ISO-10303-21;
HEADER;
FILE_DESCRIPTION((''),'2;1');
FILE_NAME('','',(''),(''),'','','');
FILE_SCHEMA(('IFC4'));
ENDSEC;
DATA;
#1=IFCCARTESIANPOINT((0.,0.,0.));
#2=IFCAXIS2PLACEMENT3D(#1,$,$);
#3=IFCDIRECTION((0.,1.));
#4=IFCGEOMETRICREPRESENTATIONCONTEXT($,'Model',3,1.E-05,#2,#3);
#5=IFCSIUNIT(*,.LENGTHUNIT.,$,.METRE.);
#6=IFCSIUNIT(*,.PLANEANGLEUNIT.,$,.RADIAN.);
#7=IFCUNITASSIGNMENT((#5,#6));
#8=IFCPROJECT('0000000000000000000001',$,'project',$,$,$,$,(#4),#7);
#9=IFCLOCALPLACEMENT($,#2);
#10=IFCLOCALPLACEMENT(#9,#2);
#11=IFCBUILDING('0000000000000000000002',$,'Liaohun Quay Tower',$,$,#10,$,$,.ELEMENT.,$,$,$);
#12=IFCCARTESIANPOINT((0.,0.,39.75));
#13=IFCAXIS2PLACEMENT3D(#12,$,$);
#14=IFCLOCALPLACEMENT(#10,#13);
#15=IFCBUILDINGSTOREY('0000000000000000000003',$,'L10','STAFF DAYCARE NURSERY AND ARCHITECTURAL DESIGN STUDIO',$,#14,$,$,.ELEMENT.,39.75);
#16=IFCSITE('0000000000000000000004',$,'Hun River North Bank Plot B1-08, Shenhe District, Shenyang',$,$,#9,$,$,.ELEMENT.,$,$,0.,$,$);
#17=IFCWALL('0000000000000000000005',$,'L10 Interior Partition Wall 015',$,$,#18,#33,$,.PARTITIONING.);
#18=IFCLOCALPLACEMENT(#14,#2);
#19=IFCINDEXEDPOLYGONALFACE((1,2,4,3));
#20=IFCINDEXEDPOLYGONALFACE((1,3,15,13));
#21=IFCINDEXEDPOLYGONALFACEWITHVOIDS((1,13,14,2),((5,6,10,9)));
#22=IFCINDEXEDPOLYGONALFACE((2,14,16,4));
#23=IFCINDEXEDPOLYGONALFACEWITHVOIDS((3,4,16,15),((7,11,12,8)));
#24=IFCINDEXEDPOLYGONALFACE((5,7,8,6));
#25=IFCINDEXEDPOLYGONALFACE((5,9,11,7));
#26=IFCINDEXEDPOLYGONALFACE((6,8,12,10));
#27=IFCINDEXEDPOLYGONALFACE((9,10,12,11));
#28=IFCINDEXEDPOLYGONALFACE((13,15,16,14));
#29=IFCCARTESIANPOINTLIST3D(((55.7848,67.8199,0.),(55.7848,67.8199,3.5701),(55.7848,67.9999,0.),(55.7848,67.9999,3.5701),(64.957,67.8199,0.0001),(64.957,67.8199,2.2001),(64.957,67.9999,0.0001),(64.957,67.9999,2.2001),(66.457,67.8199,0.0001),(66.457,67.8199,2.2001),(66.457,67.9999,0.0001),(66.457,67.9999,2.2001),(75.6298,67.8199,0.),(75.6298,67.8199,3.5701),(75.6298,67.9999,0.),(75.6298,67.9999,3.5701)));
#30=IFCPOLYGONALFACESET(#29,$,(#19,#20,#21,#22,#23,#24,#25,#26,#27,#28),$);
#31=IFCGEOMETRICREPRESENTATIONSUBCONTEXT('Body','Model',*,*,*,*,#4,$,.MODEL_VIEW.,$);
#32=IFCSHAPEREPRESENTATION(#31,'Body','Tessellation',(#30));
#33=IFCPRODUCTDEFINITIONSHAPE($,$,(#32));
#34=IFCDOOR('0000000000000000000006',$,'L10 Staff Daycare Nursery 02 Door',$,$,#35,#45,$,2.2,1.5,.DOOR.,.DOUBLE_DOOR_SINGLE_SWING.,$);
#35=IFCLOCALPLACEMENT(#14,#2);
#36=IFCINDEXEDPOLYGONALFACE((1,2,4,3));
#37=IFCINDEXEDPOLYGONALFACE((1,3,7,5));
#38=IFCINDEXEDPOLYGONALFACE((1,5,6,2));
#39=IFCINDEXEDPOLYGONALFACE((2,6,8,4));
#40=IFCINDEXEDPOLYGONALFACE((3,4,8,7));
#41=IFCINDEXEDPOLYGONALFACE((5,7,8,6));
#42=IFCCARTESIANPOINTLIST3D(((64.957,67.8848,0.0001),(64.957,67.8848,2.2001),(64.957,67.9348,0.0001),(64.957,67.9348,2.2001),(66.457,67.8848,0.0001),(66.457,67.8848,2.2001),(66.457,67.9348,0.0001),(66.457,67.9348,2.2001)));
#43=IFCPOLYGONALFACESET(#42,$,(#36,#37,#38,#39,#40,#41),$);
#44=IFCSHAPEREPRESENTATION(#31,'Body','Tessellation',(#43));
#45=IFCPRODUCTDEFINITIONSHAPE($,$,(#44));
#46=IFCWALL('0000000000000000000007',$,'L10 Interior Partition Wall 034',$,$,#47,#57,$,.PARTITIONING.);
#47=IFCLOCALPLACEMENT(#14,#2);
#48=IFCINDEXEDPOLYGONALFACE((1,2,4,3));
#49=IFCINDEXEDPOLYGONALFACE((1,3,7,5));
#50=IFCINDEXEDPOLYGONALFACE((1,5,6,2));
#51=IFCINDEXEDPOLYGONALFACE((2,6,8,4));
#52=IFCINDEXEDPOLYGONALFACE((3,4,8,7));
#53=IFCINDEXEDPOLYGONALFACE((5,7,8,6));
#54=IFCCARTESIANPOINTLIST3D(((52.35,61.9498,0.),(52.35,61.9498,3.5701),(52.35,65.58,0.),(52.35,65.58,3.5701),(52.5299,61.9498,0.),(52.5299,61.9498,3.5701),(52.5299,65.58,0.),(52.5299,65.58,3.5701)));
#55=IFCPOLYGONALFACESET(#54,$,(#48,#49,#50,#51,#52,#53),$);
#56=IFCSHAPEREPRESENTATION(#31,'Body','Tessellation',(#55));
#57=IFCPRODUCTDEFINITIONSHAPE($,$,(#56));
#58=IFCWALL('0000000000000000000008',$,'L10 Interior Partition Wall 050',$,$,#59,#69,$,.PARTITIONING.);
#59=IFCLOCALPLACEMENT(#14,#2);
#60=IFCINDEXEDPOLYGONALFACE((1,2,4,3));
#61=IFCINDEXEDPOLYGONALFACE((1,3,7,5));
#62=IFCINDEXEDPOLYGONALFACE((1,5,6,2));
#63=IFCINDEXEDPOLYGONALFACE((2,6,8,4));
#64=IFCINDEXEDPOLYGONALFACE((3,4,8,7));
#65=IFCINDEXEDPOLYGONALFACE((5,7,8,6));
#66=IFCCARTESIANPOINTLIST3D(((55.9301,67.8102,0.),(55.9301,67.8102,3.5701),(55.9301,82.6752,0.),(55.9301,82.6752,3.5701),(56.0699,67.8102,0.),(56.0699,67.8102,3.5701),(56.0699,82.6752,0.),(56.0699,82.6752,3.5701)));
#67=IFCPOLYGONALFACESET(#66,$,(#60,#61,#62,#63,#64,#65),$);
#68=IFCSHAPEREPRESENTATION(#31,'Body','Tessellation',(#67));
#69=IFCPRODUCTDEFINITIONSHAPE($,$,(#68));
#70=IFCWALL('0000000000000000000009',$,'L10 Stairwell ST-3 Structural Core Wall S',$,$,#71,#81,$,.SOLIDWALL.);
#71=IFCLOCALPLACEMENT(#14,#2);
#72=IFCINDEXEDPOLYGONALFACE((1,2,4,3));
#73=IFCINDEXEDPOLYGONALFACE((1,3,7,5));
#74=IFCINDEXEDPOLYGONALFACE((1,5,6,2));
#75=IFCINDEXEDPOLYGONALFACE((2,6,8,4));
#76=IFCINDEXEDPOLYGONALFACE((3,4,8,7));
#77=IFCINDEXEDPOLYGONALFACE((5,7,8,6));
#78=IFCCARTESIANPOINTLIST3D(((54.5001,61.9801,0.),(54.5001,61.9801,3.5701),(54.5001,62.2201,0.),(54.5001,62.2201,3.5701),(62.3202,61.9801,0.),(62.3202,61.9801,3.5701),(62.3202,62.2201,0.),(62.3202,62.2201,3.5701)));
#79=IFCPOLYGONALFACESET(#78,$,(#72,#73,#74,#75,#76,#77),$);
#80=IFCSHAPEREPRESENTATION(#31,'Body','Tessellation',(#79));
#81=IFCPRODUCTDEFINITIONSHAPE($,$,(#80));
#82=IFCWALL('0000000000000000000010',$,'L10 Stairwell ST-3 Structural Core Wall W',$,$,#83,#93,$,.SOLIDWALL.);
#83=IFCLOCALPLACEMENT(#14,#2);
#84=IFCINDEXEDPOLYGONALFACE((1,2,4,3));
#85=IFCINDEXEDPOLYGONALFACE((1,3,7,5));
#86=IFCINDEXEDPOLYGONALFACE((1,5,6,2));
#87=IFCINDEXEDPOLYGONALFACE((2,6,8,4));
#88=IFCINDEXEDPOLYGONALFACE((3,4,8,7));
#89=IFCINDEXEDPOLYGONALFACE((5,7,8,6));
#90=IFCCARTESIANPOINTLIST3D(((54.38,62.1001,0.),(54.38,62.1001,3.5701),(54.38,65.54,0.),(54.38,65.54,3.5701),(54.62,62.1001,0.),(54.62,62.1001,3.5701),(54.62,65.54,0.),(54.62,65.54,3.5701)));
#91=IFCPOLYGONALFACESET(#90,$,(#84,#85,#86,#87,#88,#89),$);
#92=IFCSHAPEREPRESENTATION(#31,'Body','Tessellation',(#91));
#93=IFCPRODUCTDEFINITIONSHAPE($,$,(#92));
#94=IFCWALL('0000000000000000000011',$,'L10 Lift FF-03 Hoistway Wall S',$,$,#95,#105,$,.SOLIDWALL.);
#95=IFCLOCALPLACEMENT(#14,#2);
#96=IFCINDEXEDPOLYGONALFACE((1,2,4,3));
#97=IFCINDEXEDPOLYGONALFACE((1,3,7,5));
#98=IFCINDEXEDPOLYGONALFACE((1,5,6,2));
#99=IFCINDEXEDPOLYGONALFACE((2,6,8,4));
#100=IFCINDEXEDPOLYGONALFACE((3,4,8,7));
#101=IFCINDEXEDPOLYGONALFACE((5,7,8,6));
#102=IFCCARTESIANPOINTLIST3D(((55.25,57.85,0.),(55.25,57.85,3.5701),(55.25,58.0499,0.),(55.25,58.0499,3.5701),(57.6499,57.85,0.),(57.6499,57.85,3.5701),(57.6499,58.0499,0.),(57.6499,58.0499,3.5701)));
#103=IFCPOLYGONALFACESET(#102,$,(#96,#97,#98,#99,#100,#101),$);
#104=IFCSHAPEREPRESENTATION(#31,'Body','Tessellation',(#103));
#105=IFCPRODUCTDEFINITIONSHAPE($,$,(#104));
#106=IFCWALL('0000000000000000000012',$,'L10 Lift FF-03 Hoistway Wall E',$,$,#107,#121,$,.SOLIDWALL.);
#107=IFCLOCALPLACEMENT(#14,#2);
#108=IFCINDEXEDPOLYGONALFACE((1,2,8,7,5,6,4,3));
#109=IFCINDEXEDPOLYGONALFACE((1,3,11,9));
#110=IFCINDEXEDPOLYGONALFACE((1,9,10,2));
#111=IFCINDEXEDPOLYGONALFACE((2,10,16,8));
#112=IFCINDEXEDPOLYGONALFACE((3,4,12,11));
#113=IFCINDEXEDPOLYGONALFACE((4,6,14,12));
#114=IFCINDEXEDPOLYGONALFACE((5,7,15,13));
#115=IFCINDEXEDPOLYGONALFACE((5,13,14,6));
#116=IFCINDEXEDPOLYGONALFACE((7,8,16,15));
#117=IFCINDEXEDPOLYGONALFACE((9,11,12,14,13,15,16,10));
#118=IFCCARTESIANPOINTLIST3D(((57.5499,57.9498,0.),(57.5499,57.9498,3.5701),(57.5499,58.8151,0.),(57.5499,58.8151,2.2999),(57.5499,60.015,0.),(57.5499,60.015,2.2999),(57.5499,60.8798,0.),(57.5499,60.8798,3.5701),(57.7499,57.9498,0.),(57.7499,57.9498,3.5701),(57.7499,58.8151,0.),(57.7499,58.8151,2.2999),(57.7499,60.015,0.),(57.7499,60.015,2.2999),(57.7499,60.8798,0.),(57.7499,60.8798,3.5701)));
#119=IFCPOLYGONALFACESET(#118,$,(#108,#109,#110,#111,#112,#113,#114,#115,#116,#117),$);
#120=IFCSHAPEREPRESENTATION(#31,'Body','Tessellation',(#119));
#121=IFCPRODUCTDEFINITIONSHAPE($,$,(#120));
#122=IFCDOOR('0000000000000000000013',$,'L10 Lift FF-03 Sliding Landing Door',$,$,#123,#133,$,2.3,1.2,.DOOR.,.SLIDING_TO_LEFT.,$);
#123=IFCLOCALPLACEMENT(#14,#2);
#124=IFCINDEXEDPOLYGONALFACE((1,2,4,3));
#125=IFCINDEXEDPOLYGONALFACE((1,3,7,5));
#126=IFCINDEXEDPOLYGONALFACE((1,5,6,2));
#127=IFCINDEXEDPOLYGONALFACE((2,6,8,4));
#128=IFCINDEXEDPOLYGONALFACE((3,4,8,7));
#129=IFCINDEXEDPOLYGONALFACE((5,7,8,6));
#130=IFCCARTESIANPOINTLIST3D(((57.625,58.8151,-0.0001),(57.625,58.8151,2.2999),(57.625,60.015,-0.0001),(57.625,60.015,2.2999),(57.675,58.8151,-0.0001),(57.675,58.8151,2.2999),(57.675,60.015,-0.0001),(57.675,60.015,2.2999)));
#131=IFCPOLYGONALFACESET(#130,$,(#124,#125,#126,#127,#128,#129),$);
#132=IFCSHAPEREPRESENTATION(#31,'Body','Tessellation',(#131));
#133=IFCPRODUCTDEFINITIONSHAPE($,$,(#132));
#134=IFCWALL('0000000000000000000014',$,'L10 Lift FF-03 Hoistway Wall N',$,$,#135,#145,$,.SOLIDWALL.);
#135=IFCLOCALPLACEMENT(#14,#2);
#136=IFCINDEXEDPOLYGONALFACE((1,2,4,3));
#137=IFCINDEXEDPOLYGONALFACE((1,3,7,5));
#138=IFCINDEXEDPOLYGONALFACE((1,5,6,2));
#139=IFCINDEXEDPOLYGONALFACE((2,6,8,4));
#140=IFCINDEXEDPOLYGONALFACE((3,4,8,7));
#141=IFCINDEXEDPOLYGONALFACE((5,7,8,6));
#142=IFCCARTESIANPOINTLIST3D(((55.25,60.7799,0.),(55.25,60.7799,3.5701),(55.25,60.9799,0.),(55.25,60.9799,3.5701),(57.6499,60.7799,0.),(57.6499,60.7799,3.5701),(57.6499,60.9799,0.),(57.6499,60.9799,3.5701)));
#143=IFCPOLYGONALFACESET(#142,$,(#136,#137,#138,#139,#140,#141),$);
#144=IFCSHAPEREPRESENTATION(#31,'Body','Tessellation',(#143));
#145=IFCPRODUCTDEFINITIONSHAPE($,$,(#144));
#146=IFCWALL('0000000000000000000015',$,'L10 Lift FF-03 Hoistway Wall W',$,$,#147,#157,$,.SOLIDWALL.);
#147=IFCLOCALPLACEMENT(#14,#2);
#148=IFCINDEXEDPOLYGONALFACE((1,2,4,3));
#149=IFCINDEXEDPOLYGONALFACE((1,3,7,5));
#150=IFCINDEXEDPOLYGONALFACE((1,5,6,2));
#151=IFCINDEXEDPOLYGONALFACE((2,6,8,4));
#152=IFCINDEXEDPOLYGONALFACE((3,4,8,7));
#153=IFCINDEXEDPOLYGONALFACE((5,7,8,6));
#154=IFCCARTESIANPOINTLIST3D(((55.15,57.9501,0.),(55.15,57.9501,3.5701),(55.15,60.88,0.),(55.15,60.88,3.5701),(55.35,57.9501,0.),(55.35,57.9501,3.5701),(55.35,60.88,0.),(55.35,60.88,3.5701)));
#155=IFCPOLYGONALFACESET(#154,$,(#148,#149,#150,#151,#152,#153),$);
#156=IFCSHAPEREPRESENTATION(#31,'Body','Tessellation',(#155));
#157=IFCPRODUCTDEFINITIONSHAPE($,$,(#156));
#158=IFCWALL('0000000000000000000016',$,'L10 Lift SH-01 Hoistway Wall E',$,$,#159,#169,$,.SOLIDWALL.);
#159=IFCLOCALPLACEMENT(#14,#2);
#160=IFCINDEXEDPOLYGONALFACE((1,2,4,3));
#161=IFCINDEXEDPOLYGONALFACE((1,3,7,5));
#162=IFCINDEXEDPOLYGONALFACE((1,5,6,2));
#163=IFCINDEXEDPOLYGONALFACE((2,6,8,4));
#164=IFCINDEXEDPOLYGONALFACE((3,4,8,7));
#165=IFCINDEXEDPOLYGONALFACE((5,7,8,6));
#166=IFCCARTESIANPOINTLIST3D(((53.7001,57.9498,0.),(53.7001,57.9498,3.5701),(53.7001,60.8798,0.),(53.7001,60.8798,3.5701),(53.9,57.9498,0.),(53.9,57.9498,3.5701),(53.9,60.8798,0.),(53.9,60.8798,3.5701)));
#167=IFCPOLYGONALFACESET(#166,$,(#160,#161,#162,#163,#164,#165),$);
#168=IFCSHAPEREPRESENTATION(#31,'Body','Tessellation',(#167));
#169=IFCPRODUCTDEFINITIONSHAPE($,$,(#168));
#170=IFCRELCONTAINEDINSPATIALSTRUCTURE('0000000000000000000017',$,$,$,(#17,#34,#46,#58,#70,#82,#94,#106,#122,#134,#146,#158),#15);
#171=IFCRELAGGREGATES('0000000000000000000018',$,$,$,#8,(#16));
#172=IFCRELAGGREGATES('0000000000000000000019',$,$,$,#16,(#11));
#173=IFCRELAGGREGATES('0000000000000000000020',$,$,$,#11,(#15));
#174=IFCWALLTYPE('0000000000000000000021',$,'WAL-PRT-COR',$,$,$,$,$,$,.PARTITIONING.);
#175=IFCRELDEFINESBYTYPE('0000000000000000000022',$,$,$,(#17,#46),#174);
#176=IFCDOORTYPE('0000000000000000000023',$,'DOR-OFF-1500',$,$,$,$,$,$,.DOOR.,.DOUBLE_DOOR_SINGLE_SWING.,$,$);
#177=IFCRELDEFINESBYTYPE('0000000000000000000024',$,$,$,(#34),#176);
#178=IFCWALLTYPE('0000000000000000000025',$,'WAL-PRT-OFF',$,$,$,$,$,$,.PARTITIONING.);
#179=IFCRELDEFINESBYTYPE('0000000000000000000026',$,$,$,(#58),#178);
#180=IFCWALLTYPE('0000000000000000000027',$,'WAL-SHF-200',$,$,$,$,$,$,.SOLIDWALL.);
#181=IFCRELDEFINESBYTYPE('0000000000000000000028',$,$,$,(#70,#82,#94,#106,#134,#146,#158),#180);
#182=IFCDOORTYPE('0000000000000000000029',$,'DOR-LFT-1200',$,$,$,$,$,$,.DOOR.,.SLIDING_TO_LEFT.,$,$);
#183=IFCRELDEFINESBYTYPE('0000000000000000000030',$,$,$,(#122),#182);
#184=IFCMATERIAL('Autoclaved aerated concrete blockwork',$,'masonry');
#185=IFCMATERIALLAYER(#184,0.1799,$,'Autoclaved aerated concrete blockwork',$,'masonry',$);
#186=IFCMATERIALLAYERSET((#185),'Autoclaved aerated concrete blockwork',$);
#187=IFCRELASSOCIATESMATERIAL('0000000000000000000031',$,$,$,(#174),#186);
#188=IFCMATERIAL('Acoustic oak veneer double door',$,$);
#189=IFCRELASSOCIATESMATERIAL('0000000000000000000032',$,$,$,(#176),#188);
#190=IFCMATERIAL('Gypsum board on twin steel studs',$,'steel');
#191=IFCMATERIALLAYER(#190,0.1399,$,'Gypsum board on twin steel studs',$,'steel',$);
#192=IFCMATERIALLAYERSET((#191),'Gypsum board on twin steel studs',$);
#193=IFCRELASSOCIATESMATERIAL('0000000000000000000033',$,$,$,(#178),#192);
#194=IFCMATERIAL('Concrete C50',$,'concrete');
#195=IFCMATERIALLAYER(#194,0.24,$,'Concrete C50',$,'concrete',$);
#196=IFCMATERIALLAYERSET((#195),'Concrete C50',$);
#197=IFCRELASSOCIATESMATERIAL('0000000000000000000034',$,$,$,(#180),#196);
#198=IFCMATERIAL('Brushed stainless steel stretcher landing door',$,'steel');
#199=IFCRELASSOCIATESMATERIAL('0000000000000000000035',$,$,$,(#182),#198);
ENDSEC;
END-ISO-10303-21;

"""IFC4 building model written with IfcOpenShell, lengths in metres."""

from ifc_helpers import new_model, si_unit, direction, frame, frame_2d, origin, place, context, subcontext, project, spatial, rectangle, extrude, source, transform, mapped, material, layer, layer_set, type_object, element, fill, save


model = new_model("IFC4")

# Units and contexts
model_context = context("Model", 3, precision=1e-05, world=origin(), true_north=direction((0.0, 1.0)))
body_context = subcontext(model_context, "Body", "Model", "MODEL_VIEW")
ifc_project = project(units=[si_unit("LENGTHUNIT", "METRE"), si_unit("PLANEANGLEUNIT", "RADIAN")], contexts=[model_context])

# Site, building, storey
site_placement = place(None, origin())
site = spatial("IfcSite", under=ifc_project, at=site_placement, Name="Hun River North Bank Plot B1-08, Shenhe District, Shenyang", CompositionType="ELEMENT", RefElevation=0.0)
building_placement = place(site_placement, origin())
building = spatial("IfcBuilding", under=site, at=building_placement, Name="Liaohun Quay Tower", CompositionType="ELEMENT")
storey_placement = place(building_placement, frame((0.0, 0.0, 39.75)))
storey = spatial("IfcBuildingStorey", under=building, at=storey_placement, Name="L10", Description="STAFF DAYCARE NURSERY AND ARCHITECTURAL DESIGN STUDIO", CompositionType="ELEMENT", Elevation=39.75)

# Wall, opening, door
ifc_material_1 = material(Name="Autoclaved aerated concrete blockwork", Category="masonry")
ifc_layer_1 = layer(ifc_material_1, 0.1799, Name="Autoclaved aerated concrete blockwork", Category="masonry")
ifc_layer_set_1 = layer_set([ifc_layer_1], Name="Autoclaved aerated concrete blockwork")
wall_type_1 = type_object("IfcWallType", Name="WAL-PRT-COR", PredefinedType="PARTITIONING", material=ifc_layer_set_1)
wall_1_placement = place(storey_placement, frame((55.7849, 67.9099, 0.0), z_axis=(0.0, 0.0, 1.0), x_axis=(1.0, 0.0, 0.0)))
wall_1 = element("IfcWall", 1, at=wall_1_placement, inside=storey, type_object=wall_type_1, Name="L10 Interior Partition Wall 015", PredefinedType="PARTITIONING", context=body_context, shape_type="SweptSolid", body=[
    extrude(rectangle(XDim=19.845, YDim=0.1799, at=frame_2d((9.9224, 0.0))), origin(), (0.0, 0.0, 1.0), 3.5701),
])
shared_shape_1 = source(origin(), body_context, "Body", "SweptSolid", [
    extrude(rectangle(XDim=1.5, YDim=2.2, at=frame_2d((0.75, 1.1001))), frame((0.0, 0.0999, 0.0), z_axis=(0.0, -1.0, 0.0), x_axis=(1.0, 0.0, 0.0)), (0.0, 0.0, 1.0), 0.2),
])
opening_1_placement = place(wall_1_placement, frame((9.1721, 0.0, 0.0)))
opening_1 = element("IfcOpeningElement", 2, at=opening_1_placement, cuts=wall_1, PredefinedType="OPENING", context=body_context, shape_type="MappedRepresentation", body=[
    mapped(shared_shape_1, transform((0.0, 0.0, 0.0), x_axis=(1.0, 0.0, 0.0), y_axis=(0.0, 1.0, 0.0), z_axis=(0.0, 0.0, 1.0), scale=1.0)),
])
ifc_material_2 = material(Name="Acoustic oak veneer double door")
door_type_1 = type_object("IfcDoorType", Name="DOR-OFF-1500", OperationType="DOUBLE_DOOR_SINGLE_SWING", PredefinedType="DOOR", material=ifc_material_2)
shared_shape_2 = source(origin(), body_context, "Body", "SweptSolid", [
    extrude(rectangle(XDim=1.5, YDim=2.2, at=frame_2d((0.75, 1.1001))), frame((0.0, 0.0249, 0.0), z_axis=(0.0, -1.0, 0.0), x_axis=(1.0, 0.0, 0.0)), (0.0, 0.0, 1.0), 0.05),
])
door_1_placement = place(opening_1_placement, origin())
door_1 = element("IfcDoor", 3, at=door_1_placement, inside=storey, type_object=door_type_1, Name="L10 Staff Daycare Nursery 02 Door", OperationType="DOUBLE_DOOR_SINGLE_SWING", OverallHeight=2.2, OverallWidth=1.5, PredefinedType="DOOR", context=body_context, shape_type="MappedRepresentation", body=[
    mapped(shared_shape_2, transform((0.0, 0.0, 0.0), x_axis=(1.0, 0.0, 0.0), y_axis=(0.0, 1.0, 0.0), z_axis=(0.0, 0.0, 1.0), scale=1.0)),
])
fill(opening_1, door_1)

# Walls
wall_2_placement = place(storey_placement, frame((52.4399, 61.95, 0.0), z_axis=(0.0, 0.0, 1.0), x_axis=(0.0, 1.0, 0.0)))
element("IfcWall", 4, at=wall_2_placement, inside=storey, type_object=wall_type_1, Name="L10 Interior Partition Wall 034", PredefinedType="PARTITIONING", context=body_context, shape_type="SweptSolid", body=[
    extrude(rectangle(XDim=3.6301, YDim=0.1799, at=frame_2d((1.8149, 0.0))), origin(), (0.0, 0.0, 1.0), 3.5701),
])
ifc_material_3 = material(Name="Gypsum board on twin steel studs", Category="steel")
ifc_layer_2 = layer(ifc_material_3, 0.1399, Name="Gypsum board on twin steel studs", Category="steel")
ifc_layer_set_2 = layer_set([ifc_layer_2], Name="Gypsum board on twin steel studs")
wall_type_2 = type_object("IfcWallType", Name="WAL-PRT-OFF", PredefinedType="PARTITIONING", material=ifc_layer_set_2)
wall_3_placement = place(storey_placement, frame((56.0, 67.8101, 0.0), z_axis=(0.0, 0.0, 1.0), x_axis=(0.0, 1.0, 0.0)))
element("IfcWall", 5, at=wall_3_placement, inside=storey, type_object=wall_type_2, Name="L10 Interior Partition Wall 050", PredefinedType="PARTITIONING", context=body_context, shape_type="SweptSolid", body=[
    extrude(rectangle(XDim=14.865, YDim=0.1399, at=frame_2d((7.4326, 0.0))), origin(), (0.0, 0.0, 1.0), 3.5701),
])
ifc_material_4 = material(Name="Concrete C50", Category="concrete")
ifc_layer_3 = layer(ifc_material_4, 0.24, Name="Concrete C50", Category="concrete")
ifc_layer_set_3 = layer_set([ifc_layer_3], Name="Concrete C50")
wall_type_3 = type_object("IfcWallType", Name="WAL-SHF-200", PredefinedType="SOLIDWALL", material=ifc_layer_set_3)
wall_4_placement = place(storey_placement, frame((54.5, 62.1001, 0.0), z_axis=(0.0, 0.0, 1.0), x_axis=(1.0, 0.0, 0.0)))
element("IfcWall", 6, at=wall_4_placement, inside=storey, type_object=wall_type_3, Name="L10 Stairwell ST-3 Structural Core Wall S", PredefinedType="SOLIDWALL", context=body_context, shape_type="SweptSolid", body=[
    extrude(rectangle(XDim=7.8201, YDim=0.24, at=frame_2d((3.9102, 0.0))), origin(), (0.0, 0.0, 1.0), 3.5701),
])
wall_5_placement = place(storey_placement, frame((54.5, 65.54, 0.0), z_axis=(0.0, 0.0, 1.0), x_axis=(0.0, -1.0, 0.0)))
element("IfcWall", 7, at=wall_5_placement, inside=storey, type_object=wall_type_3, Name="L10 Stairwell ST-3 Structural Core Wall W", PredefinedType="SOLIDWALL", context=body_context, shape_type="SweptSolid", body=[
    extrude(rectangle(XDim=3.4399, YDim=0.24, at=frame_2d((1.72, 0.0))), origin(), (0.0, 0.0, 1.0), 3.5701),
])
wall_6_placement = place(storey_placement, frame((55.25, 57.95, 0.0), z_axis=(0.0, 0.0, 1.0), x_axis=(1.0, 0.0, 0.0)))
element("IfcWall", 8, at=wall_6_placement, inside=storey, type_object=wall_type_3, Name="L10 Lift FF-03 Hoistway Wall S", PredefinedType="SOLIDWALL", context=body_context, shape_type="SweptSolid", body=[
    extrude(rectangle(XDim=2.3999, YDim=0.2, at=frame_2d((1.2, 0.0))), origin(), (0.0, 0.0, 1.0), 3.5701),
])

# Wall, opening, door
wall_7_placement = place(storey_placement, frame((57.6499, 57.95, 0.0), z_axis=(0.0, 0.0, 1.0), x_axis=(0.0, 1.0, 0.0)))
wall_7 = element("IfcWall", 9, at=wall_7_placement, inside=storey, type_object=wall_type_3, Name="L10 Lift FF-03 Hoistway Wall E", PredefinedType="SOLIDWALL", context=body_context, shape_type="SweptSolid", body=[
    extrude(rectangle(XDim=2.9299, YDim=0.2, at=frame_2d((1.4648, 0.0))), origin(), (0.0, 0.0, 1.0), 3.5701),
])
shared_shape_3 = source(origin(), body_context, "Body", "SweptSolid", [
    extrude(rectangle(XDim=1.2, YDim=2.3, at=frame_2d((0.6001, 1.1499))), frame((0.0, 0.1099, 0.0), z_axis=(0.0, -1.0, 0.0), x_axis=(1.0, 0.0, 0.0)), (0.0, 0.0, 1.0), 0.22),
])
opening_2_placement = place(wall_7_placement, frame((0.865, 0.0, 0.0)))
opening_2 = element("IfcOpeningElement", 10, at=opening_2_placement, cuts=wall_7, PredefinedType="OPENING", context=body_context, shape_type="MappedRepresentation", body=[
    mapped(shared_shape_3, transform((0.0, 0.0, 0.0), x_axis=(1.0, 0.0, 0.0), y_axis=(0.0, 1.0, 0.0), z_axis=(0.0, 0.0, 1.0), scale=1.0)),
])
ifc_material_5 = material(Name="Brushed stainless steel stretcher landing door", Category="steel")
door_type_2 = type_object("IfcDoorType", Name="DOR-LFT-1200", OperationType="SLIDING_TO_LEFT", PredefinedType="DOOR", material=ifc_material_5)
shared_shape_4 = source(origin(), body_context, "Body", "SweptSolid", [
    extrude(rectangle(XDim=1.2, YDim=2.3, at=frame_2d((0.6001, 1.1499))), frame((0.0, 0.0249, 0.0), z_axis=(0.0, -1.0, 0.0), x_axis=(1.0, 0.0, 0.0)), (0.0, 0.0, 1.0), 0.05),
])
door_2_placement = place(opening_2_placement, origin())
door_2 = element("IfcDoor", 11, at=door_2_placement, inside=storey, type_object=door_type_2, Name="L10 Lift FF-03 Sliding Landing Door", OperationType="SLIDING_TO_LEFT", OverallHeight=2.3, OverallWidth=1.2, PredefinedType="DOOR", context=body_context, shape_type="MappedRepresentation", body=[
    mapped(shared_shape_4, transform((0.0, 0.0, 0.0), x_axis=(1.0, 0.0, 0.0), y_axis=(0.0, 1.0, 0.0), z_axis=(0.0, 0.0, 1.0), scale=1.0)),
])
fill(opening_2, door_2)

# Walls
wall_8_placement = place(storey_placement, frame((57.6499, 60.8799, 0.0), z_axis=(0.0, 0.0, 1.0), x_axis=(-1.0, 0.0, 0.0)))
element("IfcWall", 12, at=wall_8_placement, inside=storey, type_object=wall_type_3, Name="L10 Lift FF-03 Hoistway Wall N", PredefinedType="SOLIDWALL", context=body_context, shape_type="SweptSolid", body=[
    extrude(rectangle(XDim=2.3999, YDim=0.2, at=frame_2d((1.2, 0.0))), origin(), (0.0, 0.0, 1.0), 3.5701),
])
for number, where, z_axis, x_axis, name in (
    (13, (55.25, 60.8799, 0.0), (0.0, 0.0, 1.0), (0.0, -1.0, 0.0), "L10 Lift FF-03 Hoistway Wall W"),
    (14, (53.8, 57.95, 0.0), (0.0, 0.0, 1.0), (0.0, 1.0, 0.0), "L10 Lift SH-01 Hoistway Wall E"),
):
    element("IfcWall", number, at=place(storey_placement, frame(where, z_axis=z_axis, x_axis=x_axis)), inside=storey, type_object=wall_type_3, Name=name, PredefinedType="SOLIDWALL", context=body_context, shape_type="SweptSolid", body=[
        extrude(rectangle(XDim=2.9299, YDim=0.2, at=frame_2d((1.4648, 0.0))), origin(), (0.0, 0.0, 1.0), 3.5701),
    ])

save(model, "model.ifc")
